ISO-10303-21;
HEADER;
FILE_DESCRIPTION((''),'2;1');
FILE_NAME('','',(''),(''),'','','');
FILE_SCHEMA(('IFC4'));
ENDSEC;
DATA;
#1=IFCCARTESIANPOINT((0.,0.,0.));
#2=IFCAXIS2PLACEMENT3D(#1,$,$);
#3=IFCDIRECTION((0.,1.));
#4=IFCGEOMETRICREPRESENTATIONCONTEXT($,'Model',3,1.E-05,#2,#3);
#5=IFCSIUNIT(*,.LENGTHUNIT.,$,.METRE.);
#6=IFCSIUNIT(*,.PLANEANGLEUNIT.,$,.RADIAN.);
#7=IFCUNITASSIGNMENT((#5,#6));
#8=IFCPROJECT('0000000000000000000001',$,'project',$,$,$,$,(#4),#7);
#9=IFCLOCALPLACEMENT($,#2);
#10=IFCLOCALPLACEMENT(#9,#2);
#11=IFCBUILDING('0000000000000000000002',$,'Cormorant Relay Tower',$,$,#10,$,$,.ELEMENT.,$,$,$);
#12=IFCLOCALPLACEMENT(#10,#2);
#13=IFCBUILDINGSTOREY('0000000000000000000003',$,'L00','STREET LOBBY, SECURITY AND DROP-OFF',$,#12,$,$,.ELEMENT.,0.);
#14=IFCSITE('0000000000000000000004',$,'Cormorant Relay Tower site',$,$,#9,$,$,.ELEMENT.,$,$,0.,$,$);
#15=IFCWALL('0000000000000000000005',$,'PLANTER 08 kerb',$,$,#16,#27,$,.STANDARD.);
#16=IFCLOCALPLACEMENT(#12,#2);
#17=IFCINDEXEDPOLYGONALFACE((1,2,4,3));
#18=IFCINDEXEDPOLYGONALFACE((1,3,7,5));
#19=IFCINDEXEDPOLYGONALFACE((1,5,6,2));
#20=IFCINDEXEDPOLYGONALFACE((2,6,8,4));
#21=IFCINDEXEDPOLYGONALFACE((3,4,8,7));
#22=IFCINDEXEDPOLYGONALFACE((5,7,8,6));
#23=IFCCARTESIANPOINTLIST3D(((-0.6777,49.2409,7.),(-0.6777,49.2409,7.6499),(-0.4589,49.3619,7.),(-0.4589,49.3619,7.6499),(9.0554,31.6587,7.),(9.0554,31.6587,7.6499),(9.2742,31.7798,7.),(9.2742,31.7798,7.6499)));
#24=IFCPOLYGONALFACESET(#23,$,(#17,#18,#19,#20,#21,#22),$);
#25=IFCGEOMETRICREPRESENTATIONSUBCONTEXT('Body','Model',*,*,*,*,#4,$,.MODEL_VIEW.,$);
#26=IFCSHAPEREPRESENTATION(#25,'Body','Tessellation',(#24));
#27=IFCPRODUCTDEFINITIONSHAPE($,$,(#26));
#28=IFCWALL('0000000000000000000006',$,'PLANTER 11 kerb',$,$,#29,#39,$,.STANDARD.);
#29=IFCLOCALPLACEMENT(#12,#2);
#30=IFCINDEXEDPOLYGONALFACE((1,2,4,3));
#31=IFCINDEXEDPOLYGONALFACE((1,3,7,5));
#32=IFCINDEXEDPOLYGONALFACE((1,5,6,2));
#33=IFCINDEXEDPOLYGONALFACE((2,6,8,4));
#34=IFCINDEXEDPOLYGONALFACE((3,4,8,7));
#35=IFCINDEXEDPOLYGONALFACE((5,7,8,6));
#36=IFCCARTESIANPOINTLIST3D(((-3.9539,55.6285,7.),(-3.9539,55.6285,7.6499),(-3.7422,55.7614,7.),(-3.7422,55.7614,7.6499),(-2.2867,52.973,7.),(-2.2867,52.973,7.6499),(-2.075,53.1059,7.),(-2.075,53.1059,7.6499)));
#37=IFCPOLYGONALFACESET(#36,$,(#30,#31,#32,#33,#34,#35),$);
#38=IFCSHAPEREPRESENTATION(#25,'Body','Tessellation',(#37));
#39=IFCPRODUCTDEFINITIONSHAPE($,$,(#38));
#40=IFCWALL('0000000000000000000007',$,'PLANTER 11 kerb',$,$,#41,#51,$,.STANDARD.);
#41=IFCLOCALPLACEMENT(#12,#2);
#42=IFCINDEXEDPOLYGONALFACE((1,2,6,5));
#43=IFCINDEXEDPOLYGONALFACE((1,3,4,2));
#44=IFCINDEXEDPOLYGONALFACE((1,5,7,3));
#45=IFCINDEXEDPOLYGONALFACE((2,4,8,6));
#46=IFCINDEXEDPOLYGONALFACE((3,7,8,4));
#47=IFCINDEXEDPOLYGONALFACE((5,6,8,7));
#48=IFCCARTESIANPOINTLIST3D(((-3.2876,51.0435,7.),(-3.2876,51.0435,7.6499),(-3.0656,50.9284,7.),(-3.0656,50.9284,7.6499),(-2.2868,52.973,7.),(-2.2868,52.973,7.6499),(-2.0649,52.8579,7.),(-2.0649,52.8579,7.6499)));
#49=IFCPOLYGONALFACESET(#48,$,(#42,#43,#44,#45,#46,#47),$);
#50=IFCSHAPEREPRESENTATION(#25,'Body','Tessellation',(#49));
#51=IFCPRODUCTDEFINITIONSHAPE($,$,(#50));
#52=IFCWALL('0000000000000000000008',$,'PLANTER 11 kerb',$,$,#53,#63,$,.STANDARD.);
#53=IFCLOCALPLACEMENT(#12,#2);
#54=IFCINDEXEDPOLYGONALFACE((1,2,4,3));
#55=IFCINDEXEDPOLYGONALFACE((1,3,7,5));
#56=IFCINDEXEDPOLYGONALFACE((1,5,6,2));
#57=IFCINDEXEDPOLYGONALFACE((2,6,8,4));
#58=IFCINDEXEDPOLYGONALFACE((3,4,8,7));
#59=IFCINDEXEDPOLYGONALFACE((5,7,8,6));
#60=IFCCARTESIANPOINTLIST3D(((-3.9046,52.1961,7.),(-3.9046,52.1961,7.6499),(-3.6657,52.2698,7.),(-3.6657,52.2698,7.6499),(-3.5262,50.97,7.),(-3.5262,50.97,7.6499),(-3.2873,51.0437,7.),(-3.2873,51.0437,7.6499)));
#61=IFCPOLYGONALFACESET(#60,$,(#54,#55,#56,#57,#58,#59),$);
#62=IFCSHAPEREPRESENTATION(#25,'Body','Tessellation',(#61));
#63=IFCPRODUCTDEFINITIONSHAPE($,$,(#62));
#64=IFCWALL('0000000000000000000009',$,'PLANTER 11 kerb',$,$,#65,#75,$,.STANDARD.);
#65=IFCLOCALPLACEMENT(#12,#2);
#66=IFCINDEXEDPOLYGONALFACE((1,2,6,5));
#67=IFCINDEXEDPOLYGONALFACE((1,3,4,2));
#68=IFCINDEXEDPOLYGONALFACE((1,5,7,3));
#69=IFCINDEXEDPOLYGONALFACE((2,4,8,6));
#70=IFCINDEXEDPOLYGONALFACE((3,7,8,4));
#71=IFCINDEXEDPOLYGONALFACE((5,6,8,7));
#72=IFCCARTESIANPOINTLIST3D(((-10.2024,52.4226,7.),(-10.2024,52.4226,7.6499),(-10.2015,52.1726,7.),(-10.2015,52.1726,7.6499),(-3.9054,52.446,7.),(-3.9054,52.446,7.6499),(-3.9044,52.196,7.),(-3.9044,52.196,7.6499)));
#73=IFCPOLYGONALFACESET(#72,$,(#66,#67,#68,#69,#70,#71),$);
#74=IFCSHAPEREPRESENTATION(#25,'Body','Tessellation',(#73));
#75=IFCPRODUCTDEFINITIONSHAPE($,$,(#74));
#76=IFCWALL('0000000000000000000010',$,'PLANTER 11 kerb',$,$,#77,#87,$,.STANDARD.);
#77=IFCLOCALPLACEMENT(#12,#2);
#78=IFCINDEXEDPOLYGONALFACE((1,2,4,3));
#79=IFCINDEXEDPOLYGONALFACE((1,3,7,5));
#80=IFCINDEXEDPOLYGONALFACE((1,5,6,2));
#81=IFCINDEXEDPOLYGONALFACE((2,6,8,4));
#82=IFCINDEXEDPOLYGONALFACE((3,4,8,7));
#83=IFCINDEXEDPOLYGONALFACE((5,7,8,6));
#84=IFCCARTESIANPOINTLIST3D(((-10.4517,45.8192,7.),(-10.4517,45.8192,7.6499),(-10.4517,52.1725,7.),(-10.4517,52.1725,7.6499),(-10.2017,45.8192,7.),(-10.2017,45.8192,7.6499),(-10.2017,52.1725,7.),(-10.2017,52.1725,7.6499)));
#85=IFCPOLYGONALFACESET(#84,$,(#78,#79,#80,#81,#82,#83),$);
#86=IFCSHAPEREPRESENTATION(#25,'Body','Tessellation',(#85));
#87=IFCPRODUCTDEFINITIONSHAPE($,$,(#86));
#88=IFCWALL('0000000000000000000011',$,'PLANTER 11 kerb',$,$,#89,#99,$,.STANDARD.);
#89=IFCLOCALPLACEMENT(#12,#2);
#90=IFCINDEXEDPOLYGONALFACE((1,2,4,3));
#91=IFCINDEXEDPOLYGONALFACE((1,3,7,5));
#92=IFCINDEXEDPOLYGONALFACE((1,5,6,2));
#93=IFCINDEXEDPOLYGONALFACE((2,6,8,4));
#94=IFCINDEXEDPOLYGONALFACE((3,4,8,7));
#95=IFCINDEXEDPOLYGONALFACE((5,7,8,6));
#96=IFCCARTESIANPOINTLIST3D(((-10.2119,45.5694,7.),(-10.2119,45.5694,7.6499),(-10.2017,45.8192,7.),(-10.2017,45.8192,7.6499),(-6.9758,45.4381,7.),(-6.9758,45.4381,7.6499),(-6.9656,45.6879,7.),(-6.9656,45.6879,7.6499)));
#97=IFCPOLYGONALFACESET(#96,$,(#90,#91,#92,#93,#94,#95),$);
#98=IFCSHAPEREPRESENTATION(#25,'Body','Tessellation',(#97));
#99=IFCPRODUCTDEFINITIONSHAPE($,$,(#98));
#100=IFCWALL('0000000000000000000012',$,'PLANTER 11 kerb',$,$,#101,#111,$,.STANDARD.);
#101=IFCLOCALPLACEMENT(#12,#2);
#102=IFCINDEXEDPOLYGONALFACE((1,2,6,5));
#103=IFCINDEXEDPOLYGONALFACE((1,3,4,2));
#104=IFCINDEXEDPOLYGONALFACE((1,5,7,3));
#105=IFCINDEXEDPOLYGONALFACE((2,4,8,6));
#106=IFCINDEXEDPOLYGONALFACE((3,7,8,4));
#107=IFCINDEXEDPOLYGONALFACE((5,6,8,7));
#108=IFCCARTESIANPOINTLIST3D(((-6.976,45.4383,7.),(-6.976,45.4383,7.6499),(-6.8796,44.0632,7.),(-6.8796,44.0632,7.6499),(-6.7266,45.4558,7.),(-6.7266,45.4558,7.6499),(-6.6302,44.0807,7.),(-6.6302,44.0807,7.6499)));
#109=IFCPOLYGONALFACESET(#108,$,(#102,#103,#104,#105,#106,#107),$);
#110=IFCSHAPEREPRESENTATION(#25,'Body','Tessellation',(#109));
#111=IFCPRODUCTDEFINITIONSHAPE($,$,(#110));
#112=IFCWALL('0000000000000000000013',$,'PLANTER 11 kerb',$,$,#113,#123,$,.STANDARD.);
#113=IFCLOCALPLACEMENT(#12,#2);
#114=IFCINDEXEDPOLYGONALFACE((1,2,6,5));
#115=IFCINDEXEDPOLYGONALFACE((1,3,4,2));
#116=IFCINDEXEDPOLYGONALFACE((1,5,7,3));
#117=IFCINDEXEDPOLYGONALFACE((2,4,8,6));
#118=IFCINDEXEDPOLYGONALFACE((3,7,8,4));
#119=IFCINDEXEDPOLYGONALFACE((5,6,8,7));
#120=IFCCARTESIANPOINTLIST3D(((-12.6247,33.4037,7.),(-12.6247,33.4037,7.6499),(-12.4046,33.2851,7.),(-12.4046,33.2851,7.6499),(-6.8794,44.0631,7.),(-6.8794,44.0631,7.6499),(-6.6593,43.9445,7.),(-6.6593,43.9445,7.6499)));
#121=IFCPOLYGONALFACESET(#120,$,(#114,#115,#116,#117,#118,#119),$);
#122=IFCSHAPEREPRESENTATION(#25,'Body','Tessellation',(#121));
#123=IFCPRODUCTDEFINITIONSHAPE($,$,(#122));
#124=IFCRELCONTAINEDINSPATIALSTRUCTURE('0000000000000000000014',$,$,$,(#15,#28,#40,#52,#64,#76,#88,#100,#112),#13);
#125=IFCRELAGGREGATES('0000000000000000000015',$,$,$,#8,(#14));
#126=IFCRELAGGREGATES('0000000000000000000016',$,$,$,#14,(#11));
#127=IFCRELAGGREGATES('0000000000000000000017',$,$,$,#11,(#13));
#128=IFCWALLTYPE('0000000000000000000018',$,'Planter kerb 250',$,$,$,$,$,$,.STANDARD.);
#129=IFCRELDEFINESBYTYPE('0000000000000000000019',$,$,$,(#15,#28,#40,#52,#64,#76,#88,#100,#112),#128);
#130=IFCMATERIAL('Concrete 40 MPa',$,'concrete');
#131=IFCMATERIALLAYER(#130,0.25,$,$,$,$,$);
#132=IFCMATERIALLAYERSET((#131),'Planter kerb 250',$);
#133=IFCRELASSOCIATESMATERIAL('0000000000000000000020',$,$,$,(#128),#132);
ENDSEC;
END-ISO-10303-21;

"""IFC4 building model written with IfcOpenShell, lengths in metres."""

from ifc_helpers import new_model, si_unit, direction, frame, frame_2d, origin, place, context, subcontext, project, spatial, rectangle, extrude, material, layer, layer_set, type_object, element, save


model = new_model("IFC4")

# Units and contexts
model_context = context("Model", 3, precision=1e-05, world=origin(), true_north=direction((0.0, 1.0)))
body_context = subcontext(model_context, "Body", "Model", "MODEL_VIEW")
ifc_project = project(units=[si_unit("LENGTHUNIT", "METRE"), si_unit("PLANEANGLEUNIT", "RADIAN")], contexts=[model_context])

# Site, building, storey
site_placement = place(None, origin())
site = spatial("IfcSite", under=ifc_project, at=site_placement, Name="Cormorant Relay Tower site", CompositionType="ELEMENT", RefElevation=0.0)
building_placement = place(site_placement, origin())
building = spatial("IfcBuilding", under=site, at=building_placement, Name="Cormorant Relay Tower", CompositionType="ELEMENT")
storey_placement = place(building_placement, origin())
storey = spatial("IfcBuildingStorey", under=building, at=storey_placement, Name="L00", Description="STREET LOBBY, SECURITY AND DROP-OFF", CompositionType="ELEMENT", Elevation=0.0)

# Walls
ifc_material_1 = material(Name="Concrete 40 MPa", Category="concrete")
ifc_layer_1 = layer(ifc_material_1, 0.25)
ifc_layer_set_1 = layer_set([ifc_layer_1], Name="Planter kerb 250")
wall_type_1 = type_object("IfcWallType", Name="Planter kerb 250", PredefinedType="STANDARD", material=ifc_layer_set_1)
wall_1_placement = place(storey_placement, frame((-0.5684, 49.3015, 7.0), z_axis=(0.0, 0.0, 1.0), x_axis=(0.48432, -0.874891, 0.0)))
element("IfcWall", 1, at=wall_1_placement, inside=storey, type_object=wall_type_1, Name="PLANTER 08 kerb", PredefinedType="STANDARD", context=body_context, shape_type="SweptSolid", body=[
    extrude(rectangle(XDim=20.0964, YDim=0.25, at=frame_2d((10.0483, 0.0))), origin(), (0.0, 0.0, 1.0), 0.6499),
])
wall_2_placement = place(storey_placement, frame((-3.8481, 55.6951, 7.0), z_axis=(0.0, 0.0, 1.0), x_axis=(0.531727, -0.846916, 0.0)))
element("IfcWall", 2, at=wall_2_placement, inside=storey, type_object=wall_type_1, Name="PLANTER 11 kerb", PredefinedType="STANDARD", context=body_context, shape_type="SweptSolid", body=[
    extrude(rectangle(XDim=3.1355, YDim=0.25, at=frame_2d((1.5679, 0.0))), origin(), (0.0, 0.0, 1.0), 0.6499),
])
wall_3_placement = place(storey_placement, frame((-2.1758, 52.9155, 7.0), z_axis=(0.0, 0.0, 1.0), x_axis=(-0.460419, -0.887702, 0.0)))
element("IfcWall", 3, at=wall_3_placement, inside=storey, type_object=wall_type_1, Name="PLANTER 11 kerb", PredefinedType="STANDARD", context=body_context, shape_type="SweptSolid", body=[
    extrude(rectangle(XDim=2.1736, YDim=0.25, at=frame_2d((1.0869, 0.0))), origin(), (0.0, 0.0, 1.0), 0.6499),
])
wall_4_placement = place(storey_placement, frame((-3.4067, 51.0068, 7.0), z_axis=(0.0, 0.0, 1.0), x_axis=(-0.294915, 0.955524, 0.0)))
element("IfcWall", 4, at=wall_4_placement, inside=storey, type_object=wall_type_1, Name="PLANTER 11 kerb", PredefinedType="STANDARD", context=body_context, shape_type="SweptSolid", body=[
    extrude(rectangle(XDim=1.2832, YDim=0.25, at=frame_2d((0.6416, 0.0))), origin(), (0.0, 0.0, 1.0), 0.6499),
])
wall_5_placement = place(storey_placement, frame((-3.905, 52.321, 7.0), z_axis=(0.0, 0.0, 1.0), x_axis=(-0.999993, -0.003722, 0.0)))
element("IfcWall", 5, at=wall_5_placement, inside=storey, type_object=wall_type_1, Name="PLANTER 11 kerb", PredefinedType="STANDARD", context=body_context, shape_type="SweptSolid", body=[
    extrude(rectangle(XDim=6.2971, YDim=0.25, at=frame_2d((3.1484, 0.0))), origin(), (0.0, 0.0, 1.0), 0.6499),
])
wall_6_placement = place(storey_placement, frame((-10.3267, 52.1726, 7.0), z_axis=(0.0, 0.0, 1.0), x_axis=(0.0, -1.0, 0.0)))
element("IfcWall", 6, at=wall_6_placement, inside=storey, type_object=wall_type_1, Name="PLANTER 11 kerb", PredefinedType="STANDARD", context=body_context, shape_type="SweptSolid", body=[
    extrude(rectangle(XDim=6.3533, YDim=0.25, at=frame_2d((3.1768, 0.0))), origin(), (0.0, 0.0, 1.0), 0.6499),
])
wall_7_placement = place(storey_placement, frame((-10.2068, 45.6943, 7.0), z_axis=(0.0, 0.0, 1.0), x_axis=(0.999177, -0.040555, 0.0)))
element("IfcWall", 7, at=wall_7_placement, inside=storey, type_object=wall_type_1, Name="PLANTER 11 kerb", PredefinedType="STANDARD", context=body_context, shape_type="SweptSolid", body=[
    extrude(rectangle(XDim=3.2388, YDim=0.25, at=frame_2d((1.6194, 0.0))), origin(), (0.0, 0.0, 1.0), 0.6499),
])
wall_8_placement = place(storey_placement, frame((-6.8513, 45.447, 7.0), z_axis=(0.0, 0.0, 1.0), x_axis=(0.069963, -0.99755, 0.0)))
element("IfcWall", 8, at=wall_8_placement, inside=storey, type_object=wall_type_1, Name="PLANTER 11 kerb", PredefinedType="STANDARD", context=body_context, shape_type="SweptSolid", body=[
    extrude(rectangle(XDim=1.3784, YDim=0.25, at=frame_2d((0.6892, 0.0))), origin(), (0.0, 0.0, 1.0), 0.6499),
])
wall_9_placement = place(storey_placement, frame((-6.7693, 44.0039, 7.0), z_axis=(0.0, 0.0, 1.0), x_axis=(-0.474463, -0.880276, 0.0)))
element("IfcWall", 9, at=wall_9_placement, inside=storey, type_object=wall_type_1, Name="PLANTER 11 kerb", PredefinedType="STANDARD", context=body_context, shape_type="SweptSolid", body=[
    extrude(rectangle(XDim=12.1091, YDim=0.25, at=frame_2d((6.0547, 0.0))), origin(), (0.0, 0.0, 1.0), 0.6499),
])

save(model, "model.ifc")
